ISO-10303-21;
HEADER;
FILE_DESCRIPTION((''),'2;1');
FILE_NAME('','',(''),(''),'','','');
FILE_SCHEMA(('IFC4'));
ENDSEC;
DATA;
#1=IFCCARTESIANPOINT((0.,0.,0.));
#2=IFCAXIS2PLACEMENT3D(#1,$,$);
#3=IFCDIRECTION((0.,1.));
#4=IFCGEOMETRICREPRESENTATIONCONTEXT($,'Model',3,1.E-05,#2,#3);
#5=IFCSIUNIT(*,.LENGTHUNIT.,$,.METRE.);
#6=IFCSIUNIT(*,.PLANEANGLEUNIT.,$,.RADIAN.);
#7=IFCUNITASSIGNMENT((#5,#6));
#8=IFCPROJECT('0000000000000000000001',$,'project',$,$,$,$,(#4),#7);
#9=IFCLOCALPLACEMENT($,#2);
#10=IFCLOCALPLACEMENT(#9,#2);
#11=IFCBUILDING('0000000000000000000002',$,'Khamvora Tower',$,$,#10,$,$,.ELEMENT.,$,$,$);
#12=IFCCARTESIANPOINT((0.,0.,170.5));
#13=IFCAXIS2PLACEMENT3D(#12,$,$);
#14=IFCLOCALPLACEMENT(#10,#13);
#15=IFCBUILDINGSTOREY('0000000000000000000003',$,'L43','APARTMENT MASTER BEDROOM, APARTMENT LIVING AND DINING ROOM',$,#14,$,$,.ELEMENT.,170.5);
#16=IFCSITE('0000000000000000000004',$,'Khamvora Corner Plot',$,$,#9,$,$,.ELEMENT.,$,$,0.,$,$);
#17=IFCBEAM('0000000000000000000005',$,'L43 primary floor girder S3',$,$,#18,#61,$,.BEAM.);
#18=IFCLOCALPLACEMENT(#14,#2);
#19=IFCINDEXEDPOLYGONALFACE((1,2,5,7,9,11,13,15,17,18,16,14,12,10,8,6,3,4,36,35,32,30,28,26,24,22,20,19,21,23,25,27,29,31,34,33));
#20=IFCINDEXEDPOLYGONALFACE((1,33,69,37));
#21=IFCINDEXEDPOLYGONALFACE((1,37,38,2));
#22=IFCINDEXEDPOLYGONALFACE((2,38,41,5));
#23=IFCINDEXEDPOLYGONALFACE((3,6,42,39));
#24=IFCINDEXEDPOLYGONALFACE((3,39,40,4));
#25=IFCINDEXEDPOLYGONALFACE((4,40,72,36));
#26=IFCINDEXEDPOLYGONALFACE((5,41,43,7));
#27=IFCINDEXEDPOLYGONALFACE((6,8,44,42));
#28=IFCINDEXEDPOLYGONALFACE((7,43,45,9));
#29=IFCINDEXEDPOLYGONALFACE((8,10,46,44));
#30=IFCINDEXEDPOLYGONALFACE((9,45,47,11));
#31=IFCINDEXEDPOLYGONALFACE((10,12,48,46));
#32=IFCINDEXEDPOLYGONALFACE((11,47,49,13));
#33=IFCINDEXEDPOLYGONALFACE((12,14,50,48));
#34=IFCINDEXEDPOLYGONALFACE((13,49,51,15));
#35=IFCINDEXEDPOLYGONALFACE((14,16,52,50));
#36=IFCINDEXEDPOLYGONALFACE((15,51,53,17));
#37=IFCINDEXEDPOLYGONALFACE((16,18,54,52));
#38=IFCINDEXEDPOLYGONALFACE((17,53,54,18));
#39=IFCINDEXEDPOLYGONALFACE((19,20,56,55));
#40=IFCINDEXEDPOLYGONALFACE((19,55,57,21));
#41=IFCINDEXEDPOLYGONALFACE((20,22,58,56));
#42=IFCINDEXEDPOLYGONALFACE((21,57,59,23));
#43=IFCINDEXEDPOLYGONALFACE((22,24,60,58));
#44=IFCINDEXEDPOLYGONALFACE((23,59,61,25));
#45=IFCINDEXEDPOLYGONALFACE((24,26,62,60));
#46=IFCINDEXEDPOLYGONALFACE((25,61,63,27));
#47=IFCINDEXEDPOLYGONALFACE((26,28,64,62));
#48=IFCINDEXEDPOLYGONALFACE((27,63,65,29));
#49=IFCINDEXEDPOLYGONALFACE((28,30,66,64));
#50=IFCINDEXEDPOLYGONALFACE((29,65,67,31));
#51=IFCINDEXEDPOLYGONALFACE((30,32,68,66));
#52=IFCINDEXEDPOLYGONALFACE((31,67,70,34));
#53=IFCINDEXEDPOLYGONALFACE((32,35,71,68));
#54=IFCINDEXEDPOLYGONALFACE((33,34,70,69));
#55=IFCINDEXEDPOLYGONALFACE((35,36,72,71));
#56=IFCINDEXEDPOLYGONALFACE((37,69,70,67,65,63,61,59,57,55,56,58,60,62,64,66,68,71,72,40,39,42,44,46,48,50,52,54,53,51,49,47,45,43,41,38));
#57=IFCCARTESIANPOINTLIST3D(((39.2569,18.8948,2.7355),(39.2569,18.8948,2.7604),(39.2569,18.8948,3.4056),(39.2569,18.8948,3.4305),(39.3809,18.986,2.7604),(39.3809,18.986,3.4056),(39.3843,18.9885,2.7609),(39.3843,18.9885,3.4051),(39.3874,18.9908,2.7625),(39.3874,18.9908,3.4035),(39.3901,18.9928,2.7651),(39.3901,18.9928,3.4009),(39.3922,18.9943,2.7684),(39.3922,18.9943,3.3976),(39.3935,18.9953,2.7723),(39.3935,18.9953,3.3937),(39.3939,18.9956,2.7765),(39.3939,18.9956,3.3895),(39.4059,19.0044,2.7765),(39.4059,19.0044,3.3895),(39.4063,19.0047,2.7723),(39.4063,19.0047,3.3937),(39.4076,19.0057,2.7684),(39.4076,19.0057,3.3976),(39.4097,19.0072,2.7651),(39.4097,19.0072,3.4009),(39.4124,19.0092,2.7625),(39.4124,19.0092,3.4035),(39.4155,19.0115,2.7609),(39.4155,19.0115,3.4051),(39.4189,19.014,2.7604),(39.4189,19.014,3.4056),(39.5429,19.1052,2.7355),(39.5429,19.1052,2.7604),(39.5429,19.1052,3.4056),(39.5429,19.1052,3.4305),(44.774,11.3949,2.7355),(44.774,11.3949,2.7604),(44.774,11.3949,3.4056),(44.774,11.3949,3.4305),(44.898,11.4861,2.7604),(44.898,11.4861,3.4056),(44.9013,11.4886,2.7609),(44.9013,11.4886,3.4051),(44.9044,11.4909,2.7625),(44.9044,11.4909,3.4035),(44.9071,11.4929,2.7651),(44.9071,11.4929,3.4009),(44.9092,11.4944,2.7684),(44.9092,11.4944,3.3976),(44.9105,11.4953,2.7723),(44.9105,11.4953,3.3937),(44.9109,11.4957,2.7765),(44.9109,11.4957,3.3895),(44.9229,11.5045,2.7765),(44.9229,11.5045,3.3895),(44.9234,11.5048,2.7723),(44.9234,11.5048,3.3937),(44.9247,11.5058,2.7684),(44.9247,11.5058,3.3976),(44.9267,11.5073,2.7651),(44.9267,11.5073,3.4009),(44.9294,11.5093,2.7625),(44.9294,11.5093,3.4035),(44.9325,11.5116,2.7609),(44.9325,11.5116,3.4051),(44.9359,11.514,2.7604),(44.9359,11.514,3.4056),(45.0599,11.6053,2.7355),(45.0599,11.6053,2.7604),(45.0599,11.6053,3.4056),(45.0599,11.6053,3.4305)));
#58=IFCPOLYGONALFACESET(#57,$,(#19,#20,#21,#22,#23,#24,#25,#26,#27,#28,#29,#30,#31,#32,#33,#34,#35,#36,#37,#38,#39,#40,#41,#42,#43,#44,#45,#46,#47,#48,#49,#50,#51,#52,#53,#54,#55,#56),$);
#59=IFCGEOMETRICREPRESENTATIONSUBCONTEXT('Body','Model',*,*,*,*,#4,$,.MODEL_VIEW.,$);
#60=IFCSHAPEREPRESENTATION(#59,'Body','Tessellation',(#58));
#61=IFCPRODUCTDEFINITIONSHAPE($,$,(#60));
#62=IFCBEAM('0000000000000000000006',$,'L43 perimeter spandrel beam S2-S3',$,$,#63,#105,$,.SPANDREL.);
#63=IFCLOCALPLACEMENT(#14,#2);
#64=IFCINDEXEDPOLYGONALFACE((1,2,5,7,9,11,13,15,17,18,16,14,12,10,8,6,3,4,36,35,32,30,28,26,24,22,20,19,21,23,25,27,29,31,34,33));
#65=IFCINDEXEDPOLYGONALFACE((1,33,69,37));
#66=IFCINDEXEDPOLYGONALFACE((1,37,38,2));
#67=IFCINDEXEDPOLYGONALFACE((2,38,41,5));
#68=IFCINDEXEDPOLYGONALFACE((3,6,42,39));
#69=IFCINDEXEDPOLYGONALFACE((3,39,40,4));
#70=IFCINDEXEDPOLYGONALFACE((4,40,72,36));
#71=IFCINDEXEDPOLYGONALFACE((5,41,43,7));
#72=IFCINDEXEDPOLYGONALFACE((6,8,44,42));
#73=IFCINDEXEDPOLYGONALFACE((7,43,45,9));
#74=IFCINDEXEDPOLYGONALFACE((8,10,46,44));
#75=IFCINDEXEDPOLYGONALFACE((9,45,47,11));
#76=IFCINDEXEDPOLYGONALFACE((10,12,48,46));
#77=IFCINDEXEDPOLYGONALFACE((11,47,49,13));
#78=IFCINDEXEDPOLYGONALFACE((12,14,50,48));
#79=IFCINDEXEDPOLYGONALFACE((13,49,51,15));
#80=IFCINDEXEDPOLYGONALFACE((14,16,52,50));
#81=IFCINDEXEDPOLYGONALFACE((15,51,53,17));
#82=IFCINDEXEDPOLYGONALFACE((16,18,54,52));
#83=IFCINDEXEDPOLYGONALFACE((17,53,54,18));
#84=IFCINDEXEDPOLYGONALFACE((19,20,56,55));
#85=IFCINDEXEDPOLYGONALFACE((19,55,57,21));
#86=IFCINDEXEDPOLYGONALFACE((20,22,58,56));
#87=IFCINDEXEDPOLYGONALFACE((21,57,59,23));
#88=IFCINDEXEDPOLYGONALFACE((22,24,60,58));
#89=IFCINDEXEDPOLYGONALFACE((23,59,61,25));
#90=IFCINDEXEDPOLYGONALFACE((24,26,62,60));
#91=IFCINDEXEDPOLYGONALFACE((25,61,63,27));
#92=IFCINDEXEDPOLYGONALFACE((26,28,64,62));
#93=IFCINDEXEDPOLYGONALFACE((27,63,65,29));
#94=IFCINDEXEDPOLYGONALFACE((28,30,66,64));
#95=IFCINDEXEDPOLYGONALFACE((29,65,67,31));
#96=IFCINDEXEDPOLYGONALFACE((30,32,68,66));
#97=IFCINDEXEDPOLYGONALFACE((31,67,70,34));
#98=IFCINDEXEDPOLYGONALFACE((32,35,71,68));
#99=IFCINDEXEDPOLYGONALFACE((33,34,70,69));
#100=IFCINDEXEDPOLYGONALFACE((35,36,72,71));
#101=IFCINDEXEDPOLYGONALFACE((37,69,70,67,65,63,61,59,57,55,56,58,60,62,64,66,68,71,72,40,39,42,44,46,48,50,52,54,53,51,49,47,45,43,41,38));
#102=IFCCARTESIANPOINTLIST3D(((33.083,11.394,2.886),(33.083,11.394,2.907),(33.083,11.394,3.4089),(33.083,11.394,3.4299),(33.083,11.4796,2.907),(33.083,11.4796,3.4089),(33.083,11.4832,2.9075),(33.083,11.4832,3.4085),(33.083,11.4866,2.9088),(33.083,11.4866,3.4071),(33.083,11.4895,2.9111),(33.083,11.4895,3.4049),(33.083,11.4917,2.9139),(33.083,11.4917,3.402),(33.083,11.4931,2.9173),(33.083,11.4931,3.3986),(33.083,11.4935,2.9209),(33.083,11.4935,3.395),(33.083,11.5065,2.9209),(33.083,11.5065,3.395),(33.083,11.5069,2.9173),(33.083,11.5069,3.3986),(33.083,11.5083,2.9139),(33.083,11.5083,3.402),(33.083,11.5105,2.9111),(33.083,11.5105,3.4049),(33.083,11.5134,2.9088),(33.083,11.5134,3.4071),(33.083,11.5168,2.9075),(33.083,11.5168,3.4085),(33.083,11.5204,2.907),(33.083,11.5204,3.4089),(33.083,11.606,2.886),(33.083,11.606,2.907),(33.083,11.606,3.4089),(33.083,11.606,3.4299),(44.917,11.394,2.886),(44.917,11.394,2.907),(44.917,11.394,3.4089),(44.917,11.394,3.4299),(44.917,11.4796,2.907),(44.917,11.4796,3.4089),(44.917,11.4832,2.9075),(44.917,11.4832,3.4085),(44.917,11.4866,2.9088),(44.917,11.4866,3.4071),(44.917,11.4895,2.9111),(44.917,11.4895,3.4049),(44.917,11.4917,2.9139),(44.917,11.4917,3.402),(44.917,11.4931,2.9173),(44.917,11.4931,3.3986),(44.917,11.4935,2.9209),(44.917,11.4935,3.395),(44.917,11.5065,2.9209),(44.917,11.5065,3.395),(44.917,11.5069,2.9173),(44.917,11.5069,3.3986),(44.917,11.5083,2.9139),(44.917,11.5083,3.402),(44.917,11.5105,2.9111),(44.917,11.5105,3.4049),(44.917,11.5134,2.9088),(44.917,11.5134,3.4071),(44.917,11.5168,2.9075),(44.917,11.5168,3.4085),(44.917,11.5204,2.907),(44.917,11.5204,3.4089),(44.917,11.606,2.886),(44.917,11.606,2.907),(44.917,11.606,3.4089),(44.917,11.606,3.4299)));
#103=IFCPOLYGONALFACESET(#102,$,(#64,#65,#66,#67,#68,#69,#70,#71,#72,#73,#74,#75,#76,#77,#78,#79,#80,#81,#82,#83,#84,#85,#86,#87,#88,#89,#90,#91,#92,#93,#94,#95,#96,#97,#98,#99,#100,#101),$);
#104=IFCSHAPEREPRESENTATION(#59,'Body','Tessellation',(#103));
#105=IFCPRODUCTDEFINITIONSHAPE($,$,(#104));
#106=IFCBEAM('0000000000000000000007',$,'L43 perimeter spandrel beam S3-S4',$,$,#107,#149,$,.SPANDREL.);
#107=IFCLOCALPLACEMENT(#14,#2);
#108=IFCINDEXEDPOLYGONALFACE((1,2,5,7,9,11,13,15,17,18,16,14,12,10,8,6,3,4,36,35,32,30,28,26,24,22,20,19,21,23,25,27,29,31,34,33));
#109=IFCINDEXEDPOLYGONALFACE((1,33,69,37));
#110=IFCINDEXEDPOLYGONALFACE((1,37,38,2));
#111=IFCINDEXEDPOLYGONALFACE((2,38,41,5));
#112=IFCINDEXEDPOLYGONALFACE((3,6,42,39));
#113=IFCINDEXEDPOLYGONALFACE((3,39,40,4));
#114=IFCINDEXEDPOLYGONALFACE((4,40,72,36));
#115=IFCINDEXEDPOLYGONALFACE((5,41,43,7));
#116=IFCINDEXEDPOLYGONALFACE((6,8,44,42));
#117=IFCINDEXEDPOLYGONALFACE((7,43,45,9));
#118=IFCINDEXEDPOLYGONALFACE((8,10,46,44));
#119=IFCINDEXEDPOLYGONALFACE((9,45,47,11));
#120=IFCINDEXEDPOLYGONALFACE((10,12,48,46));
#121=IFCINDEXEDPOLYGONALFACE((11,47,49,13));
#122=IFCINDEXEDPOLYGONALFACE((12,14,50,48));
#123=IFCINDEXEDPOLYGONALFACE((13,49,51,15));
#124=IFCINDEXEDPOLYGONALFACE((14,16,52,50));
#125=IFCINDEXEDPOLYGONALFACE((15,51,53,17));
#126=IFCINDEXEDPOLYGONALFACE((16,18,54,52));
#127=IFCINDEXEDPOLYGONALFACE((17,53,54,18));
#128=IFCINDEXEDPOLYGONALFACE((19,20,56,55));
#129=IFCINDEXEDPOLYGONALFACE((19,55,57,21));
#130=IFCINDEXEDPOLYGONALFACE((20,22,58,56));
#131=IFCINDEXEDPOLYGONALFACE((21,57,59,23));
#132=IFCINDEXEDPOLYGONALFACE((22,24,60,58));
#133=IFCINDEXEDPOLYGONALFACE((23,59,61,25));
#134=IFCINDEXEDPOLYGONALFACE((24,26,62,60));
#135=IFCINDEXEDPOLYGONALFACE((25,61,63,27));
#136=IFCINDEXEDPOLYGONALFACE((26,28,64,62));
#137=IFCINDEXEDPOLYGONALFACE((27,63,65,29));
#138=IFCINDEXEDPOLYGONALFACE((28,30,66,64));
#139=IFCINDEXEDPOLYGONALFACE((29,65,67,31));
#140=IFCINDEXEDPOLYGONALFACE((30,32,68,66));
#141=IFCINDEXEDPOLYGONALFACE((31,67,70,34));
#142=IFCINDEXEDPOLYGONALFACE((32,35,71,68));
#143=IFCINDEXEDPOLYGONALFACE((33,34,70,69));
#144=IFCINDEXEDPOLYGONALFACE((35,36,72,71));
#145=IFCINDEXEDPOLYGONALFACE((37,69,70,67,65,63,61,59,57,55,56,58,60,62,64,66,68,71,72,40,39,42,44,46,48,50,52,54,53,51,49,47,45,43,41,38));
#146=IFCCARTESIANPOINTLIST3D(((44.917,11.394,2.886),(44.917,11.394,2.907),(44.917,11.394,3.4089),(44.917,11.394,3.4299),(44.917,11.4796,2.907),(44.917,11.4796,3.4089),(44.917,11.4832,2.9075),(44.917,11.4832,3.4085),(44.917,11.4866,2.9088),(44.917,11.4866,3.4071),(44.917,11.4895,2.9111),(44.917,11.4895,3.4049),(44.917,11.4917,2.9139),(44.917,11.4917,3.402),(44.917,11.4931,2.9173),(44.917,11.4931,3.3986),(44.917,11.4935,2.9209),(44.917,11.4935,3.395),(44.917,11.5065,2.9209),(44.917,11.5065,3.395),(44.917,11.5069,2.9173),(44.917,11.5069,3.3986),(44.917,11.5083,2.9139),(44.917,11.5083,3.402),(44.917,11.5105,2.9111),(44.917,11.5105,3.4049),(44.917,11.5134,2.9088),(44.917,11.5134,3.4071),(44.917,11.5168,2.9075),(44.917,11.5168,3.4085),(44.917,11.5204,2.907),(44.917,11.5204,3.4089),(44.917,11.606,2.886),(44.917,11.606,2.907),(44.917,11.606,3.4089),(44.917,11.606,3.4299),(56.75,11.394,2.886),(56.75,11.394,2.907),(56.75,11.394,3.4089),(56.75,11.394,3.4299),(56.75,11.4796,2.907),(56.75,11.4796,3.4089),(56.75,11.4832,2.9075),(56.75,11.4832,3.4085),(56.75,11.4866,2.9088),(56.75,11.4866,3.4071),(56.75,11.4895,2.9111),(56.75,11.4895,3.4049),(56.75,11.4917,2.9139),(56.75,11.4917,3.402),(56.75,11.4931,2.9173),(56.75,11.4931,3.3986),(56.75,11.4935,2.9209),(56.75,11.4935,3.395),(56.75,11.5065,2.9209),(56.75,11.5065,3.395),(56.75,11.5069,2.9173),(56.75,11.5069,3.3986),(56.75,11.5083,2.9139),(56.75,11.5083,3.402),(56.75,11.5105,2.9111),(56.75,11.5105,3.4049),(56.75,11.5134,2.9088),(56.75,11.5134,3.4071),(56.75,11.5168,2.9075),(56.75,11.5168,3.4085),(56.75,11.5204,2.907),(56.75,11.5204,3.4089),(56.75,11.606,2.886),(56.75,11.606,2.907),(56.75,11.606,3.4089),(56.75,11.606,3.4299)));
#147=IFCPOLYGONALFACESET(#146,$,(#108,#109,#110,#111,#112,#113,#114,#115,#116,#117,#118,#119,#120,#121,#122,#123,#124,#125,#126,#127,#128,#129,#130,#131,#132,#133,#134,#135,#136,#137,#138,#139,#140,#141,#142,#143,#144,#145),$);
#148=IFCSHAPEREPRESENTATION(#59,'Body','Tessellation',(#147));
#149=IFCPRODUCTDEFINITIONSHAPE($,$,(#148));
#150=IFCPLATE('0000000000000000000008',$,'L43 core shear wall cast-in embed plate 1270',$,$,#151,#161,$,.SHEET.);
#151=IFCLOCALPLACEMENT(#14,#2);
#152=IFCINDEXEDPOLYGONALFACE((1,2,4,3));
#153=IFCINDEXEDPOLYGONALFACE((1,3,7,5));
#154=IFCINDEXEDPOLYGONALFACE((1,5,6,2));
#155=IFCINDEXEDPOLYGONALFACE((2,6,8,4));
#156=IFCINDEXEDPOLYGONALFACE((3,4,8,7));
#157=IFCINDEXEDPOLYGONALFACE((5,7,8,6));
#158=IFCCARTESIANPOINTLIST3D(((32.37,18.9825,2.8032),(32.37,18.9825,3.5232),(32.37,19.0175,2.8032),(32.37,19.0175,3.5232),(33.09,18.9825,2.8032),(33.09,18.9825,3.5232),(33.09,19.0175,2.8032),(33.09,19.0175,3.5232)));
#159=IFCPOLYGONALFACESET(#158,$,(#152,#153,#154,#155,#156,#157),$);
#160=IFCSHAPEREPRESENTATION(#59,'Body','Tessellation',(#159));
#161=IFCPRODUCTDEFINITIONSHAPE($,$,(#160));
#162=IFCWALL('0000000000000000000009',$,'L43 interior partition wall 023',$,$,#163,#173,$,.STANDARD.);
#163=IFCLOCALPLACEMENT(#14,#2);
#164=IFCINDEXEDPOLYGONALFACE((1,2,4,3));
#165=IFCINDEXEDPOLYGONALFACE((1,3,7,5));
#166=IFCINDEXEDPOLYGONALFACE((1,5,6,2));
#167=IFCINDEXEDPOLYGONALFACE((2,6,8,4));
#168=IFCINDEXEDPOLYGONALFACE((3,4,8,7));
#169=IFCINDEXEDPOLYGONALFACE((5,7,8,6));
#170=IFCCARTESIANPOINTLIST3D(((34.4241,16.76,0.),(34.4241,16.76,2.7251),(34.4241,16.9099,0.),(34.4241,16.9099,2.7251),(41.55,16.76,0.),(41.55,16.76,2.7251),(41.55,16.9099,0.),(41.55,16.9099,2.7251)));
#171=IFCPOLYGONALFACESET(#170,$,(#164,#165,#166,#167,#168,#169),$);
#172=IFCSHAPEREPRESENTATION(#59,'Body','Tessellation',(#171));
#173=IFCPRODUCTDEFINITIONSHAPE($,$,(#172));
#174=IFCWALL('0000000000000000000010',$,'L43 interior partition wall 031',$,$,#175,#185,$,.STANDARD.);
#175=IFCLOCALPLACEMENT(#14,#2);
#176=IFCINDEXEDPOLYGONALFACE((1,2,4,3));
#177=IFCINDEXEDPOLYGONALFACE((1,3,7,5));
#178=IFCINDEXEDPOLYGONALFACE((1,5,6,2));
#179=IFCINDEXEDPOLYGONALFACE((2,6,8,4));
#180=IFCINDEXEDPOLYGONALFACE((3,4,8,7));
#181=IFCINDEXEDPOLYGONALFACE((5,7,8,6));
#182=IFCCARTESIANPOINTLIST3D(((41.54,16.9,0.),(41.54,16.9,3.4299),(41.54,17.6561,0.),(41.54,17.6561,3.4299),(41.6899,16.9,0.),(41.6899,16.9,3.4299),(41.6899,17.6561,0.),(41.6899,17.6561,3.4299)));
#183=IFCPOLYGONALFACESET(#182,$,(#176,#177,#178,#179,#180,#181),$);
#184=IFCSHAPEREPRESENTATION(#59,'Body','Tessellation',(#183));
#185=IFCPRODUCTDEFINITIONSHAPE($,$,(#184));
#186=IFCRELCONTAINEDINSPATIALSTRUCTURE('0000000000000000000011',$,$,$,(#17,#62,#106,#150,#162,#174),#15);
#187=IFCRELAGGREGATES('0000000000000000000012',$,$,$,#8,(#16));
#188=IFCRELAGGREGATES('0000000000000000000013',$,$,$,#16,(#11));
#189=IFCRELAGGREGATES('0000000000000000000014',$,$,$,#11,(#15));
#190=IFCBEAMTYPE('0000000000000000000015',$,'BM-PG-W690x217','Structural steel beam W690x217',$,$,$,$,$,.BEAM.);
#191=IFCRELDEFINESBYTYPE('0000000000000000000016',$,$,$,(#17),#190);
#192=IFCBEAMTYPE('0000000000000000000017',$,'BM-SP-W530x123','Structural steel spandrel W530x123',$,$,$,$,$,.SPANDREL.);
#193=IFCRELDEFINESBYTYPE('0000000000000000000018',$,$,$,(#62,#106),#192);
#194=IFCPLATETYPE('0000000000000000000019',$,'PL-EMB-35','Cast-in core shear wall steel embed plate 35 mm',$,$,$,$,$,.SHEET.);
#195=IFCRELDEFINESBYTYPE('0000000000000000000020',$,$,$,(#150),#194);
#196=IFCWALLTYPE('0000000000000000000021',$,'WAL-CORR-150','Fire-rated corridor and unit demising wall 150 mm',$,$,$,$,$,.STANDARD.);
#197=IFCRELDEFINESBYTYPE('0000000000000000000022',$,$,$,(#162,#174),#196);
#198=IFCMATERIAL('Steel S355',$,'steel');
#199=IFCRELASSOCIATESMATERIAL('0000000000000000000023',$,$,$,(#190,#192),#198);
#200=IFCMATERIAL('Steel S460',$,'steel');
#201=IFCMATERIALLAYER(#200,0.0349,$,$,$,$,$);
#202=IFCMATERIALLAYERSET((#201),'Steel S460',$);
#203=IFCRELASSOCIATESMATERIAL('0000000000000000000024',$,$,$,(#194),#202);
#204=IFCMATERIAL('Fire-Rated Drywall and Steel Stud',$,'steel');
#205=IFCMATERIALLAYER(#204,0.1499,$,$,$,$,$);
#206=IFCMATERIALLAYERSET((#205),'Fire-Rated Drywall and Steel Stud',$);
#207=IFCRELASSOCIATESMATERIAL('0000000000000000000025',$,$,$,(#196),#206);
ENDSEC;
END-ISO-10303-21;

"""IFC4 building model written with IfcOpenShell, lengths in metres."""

from ifc_helpers import new_model, si_unit, direction, frame, frame_2d, origin, origin_2d, place, context, subcontext, project, spatial, rectangle, i_section, extrude, material, layer, layer_set, material_profile, profile_set, type_object, element, save


model = new_model("IFC4")

# Units and contexts
model_context = context("Model", 3, precision=1e-05, world=origin(), true_north=direction((0.0, 1.0)))
body_context = subcontext(model_context, "Body", "Model", "MODEL_VIEW")
ifc_project = project(units=[si_unit("LENGTHUNIT", "METRE"), si_unit("PLANEANGLEUNIT", "RADIAN")], contexts=[model_context])

# Site, building, storey
site_placement = place(None, origin())
site = spatial("IfcSite", under=ifc_project, at=site_placement, Name="Khamvora Corner Plot", CompositionType="ELEMENT", RefElevation=0.0)
building_placement = place(site_placement, origin())
building = spatial("IfcBuilding", under=site, at=building_placement, Name="Khamvora Tower", CompositionType="ELEMENT")
storey_placement = place(building_placement, frame((0.0, 0.0, 170.5)))
storey = spatial("IfcBuildingStorey", under=building, at=storey_placement, Name="L43", Description="APARTMENT MASTER BEDROOM, APARTMENT LIVING AND DINING ROOM", CompositionType="ELEMENT", Elevation=170.5)

# Shared definitions
ifc_material_1 = material(Name="Steel S460", Category="steel")
ifc_material_2 = material(Name="Steel S355", Category="steel")

# Beams
ifc_material_profile_1 = material_profile(ifc_material_2, i_section(OverallWidth=0.355, OverallDepth=0.6951, WebThickness=0.0149, FlangeThickness=0.0249, FilletRadius=0.0161, at=origin_2d()), Name="W690x217")
ifc_profile_set_1 = profile_set([ifc_material_profile_1], Name="Steel S355")
beam_type_1 = type_object("IfcBeamType", Name="BM-PG-W690x217", Description="Structural steel beam W690x217", PredefinedType="BEAM", material=ifc_profile_set_1)
beam_1_placement = place(storey_placement, frame((39.3999, 19.0, 3.083), z_axis=(0.592557, -0.805529, 0.0), x_axis=(0.805529, 0.592557, 0.0)))
element("IfcBeam", 1, at=beam_1_placement, inside=storey, type_object=beam_type_1, Name="L43 primary floor girder S3", PredefinedType="BEAM", context=body_context, shape_type="SweptSolid", body=[
    extrude(i_section(OverallWidth=0.355, OverallDepth=0.6951, WebThickness=0.0149, FlangeThickness=0.0249, FilletRadius=0.0161, at=origin_2d()), origin(), (0.0, 0.0, 1.0), 9.3105),
])
ifc_material_profile_2 = material_profile(ifc_material_2, i_section(OverallWidth=0.2119, OverallDepth=0.5439, WebThickness=0.0129, FlangeThickness=0.021, FilletRadius=0.0139, at=origin_2d()), Name="W530x123")
ifc_profile_set_2 = profile_set([ifc_material_profile_2], Name="Steel S355")
beam_type_2 = type_object("IfcBeamType", Name="BM-SP-W530x123", Description="Structural steel spandrel W530x123", PredefinedType="SPANDREL", material=ifc_profile_set_2)
beam_2_placement = place(storey_placement, frame((33.083, 11.5, 3.158), z_axis=(1.0, 0.0, 0.0), x_axis=(0.0, 1.0, 0.0)))
element("IfcBeam", 2, at=beam_2_placement, inside=storey, type_object=beam_type_2, Name="L43 perimeter spandrel beam S2-S3", PredefinedType="SPANDREL", context=body_context, shape_type="SweptSolid", body=[
    extrude(i_section(OverallWidth=0.2119, OverallDepth=0.5439, WebThickness=0.0129, FlangeThickness=0.021, FilletRadius=0.0139, at=origin_2d()), origin(), (0.0, 0.0, 1.0), 11.834),
])
beam_3_placement = place(storey_placement, frame((44.917, 11.5, 3.158), z_axis=(1.0, 0.0, 0.0), x_axis=(0.0, 1.0, 0.0)))
element("IfcBeam", 3, at=beam_3_placement, inside=storey, type_object=beam_type_2, Name="L43 perimeter spandrel beam S3-S4", PredefinedType="SPANDREL", context=body_context, shape_type="SweptSolid", body=[
    extrude(i_section(OverallWidth=0.2119, OverallDepth=0.5439, WebThickness=0.0129, FlangeThickness=0.021, FilletRadius=0.0139, at=origin_2d()), origin(), (0.0, 0.0, 1.0), 11.833),
])

# Plate
ifc_layer_1 = layer(ifc_material_1, 0.0349)
ifc_layer_set_1 = layer_set([ifc_layer_1], Name="Steel S460")
plate_type = type_object("IfcPlateType", Name="PL-EMB-35", Description="Cast-in core shear wall steel embed plate 35 mm", PredefinedType="SHEET", material=ifc_layer_set_1)
plate_placement = place(storey_placement, frame((32.73, 19.0, 2.8032), z_axis=(0.0, 0.0, 1.0), x_axis=(1.0, 0.0, 0.0)))
element("IfcPlate", 4, at=plate_placement, inside=storey, type_object=plate_type, Name="L43 core shear wall cast-in embed plate 1270", PredefinedType="SHEET", context=body_context, shape_type="SweptSolid", body=[
    extrude(rectangle(XDim=0.72, YDim=0.0349, at=origin_2d()), origin(), (0.0, 0.0, 1.0), 0.72),
])

# Shared definitions
ifc_material_3 = material(Name="Fire-Rated Drywall and Steel Stud", Category="steel")
ifc_layer_2 = layer(ifc_material_3, 0.1499)
ifc_layer_set_2 = layer_set([ifc_layer_2], Name="Fire-Rated Drywall and Steel Stud")
wall_type_1 = type_object("IfcWallType", Name="WAL-CORR-150", Description="Fire-rated corridor and unit demising wall 150 mm", PredefinedType="STANDARD", material=ifc_layer_set_2)

# Walls
wall_1_placement = place(storey_placement, frame((41.55, 16.835, 0.0), z_axis=(0.0, 0.0, 1.0), x_axis=(-1.0, 0.0, 0.0)))
element("IfcWall", 5, at=wall_1_placement, inside=storey, type_object=wall_type_1, Name="L43 interior partition wall 023", PredefinedType="STANDARD", context=body_context, shape_type="SweptSolid", body=[
    extrude(rectangle(XDim=7.126, YDim=0.1499, at=frame_2d((3.563, 0.0))), origin(), (0.0, 0.0, 1.0), 2.7251),
])
wall_2_placement = place(storey_placement, frame((41.615, 17.656, 0.0), z_axis=(0.0, 0.0, 1.0), x_axis=(0.0, -1.0, 0.0)))
element("IfcWall", 6, at=wall_2_placement, inside=storey, type_object=wall_type_1, Name="L43 interior partition wall 031", PredefinedType="STANDARD", context=body_context, shape_type="SweptSolid", body=[
    extrude(rectangle(XDim=0.7561, YDim=0.1499, at=frame_2d((0.3779, 0.0))), origin(), (0.0, 0.0, 1.0), 3.4299),
])

save(model, "model.ifc")
